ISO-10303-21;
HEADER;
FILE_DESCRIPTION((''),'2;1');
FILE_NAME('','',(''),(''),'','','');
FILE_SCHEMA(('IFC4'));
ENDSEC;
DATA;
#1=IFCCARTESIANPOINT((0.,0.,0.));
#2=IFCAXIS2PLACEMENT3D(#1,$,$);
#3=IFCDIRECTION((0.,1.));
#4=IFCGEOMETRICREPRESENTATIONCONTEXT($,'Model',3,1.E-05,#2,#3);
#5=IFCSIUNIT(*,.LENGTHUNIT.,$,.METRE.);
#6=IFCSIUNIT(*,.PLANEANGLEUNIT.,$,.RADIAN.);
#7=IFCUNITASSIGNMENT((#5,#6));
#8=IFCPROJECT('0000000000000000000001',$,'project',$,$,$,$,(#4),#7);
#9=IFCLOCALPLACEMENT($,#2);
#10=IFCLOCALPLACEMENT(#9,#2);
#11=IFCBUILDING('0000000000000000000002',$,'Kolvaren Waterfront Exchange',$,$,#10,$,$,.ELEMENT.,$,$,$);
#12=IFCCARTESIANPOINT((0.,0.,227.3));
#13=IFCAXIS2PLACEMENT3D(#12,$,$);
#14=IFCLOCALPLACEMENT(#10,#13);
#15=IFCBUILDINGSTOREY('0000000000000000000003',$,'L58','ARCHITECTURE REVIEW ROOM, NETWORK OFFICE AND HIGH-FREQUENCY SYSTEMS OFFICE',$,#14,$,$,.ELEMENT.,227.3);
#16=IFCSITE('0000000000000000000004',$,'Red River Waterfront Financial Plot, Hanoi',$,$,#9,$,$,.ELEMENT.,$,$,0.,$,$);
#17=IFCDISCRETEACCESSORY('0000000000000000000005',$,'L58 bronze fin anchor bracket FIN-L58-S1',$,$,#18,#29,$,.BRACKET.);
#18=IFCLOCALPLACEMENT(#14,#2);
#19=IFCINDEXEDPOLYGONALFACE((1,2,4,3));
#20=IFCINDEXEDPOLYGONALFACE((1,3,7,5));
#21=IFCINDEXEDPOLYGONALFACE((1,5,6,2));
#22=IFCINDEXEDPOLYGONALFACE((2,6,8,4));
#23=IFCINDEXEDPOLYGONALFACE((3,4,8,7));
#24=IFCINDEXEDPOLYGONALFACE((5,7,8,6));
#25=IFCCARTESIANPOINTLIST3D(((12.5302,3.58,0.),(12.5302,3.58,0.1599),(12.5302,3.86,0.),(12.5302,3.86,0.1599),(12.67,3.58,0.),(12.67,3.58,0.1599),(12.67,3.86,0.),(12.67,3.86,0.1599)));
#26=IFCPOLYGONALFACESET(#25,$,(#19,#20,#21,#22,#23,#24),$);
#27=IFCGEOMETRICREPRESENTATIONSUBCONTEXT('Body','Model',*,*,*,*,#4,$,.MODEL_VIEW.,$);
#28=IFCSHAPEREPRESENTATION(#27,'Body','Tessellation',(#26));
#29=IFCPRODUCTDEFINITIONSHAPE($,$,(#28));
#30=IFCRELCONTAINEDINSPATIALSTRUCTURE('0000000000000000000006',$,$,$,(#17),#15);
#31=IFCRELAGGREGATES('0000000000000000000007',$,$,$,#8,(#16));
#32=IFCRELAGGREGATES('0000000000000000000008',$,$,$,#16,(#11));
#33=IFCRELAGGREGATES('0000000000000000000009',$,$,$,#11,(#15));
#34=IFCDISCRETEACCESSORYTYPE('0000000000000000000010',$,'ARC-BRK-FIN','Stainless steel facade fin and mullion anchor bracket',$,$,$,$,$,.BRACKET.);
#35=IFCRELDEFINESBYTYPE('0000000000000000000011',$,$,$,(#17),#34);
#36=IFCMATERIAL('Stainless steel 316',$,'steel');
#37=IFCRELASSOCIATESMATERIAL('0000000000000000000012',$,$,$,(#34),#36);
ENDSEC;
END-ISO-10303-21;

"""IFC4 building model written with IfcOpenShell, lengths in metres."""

from ifc_helpers import new_model, si_unit, direction, frame, origin, origin_with_axes, origin_2d, place, context, subcontext, project, spatial, rectangle, extrude, source, transform, mapped, material, type_object, element, save


model = new_model("IFC4")

# Units and contexts
model_context = context("Model", 3, precision=1e-05, world=origin(), true_north=direction((0.0, 1.0)))
body_context = subcontext(model_context, "Body", "Model", "MODEL_VIEW")
ifc_project = project(units=[si_unit("LENGTHUNIT", "METRE"), si_unit("PLANEANGLEUNIT", "RADIAN")], contexts=[model_context])

# Site, building, storey
site_placement = place(None, origin())
site = spatial("IfcSite", under=ifc_project, at=site_placement, Name="Red River Waterfront Financial Plot, Hanoi", CompositionType="ELEMENT", RefElevation=0.0)
building_placement = place(site_placement, origin())
building = spatial("IfcBuilding", under=site, at=building_placement, Name="Kolvaren Waterfront Exchange", CompositionType="ELEMENT")
storey_placement = place(building_placement, frame((0.0, 0.0, 227.3)))
storey = spatial("IfcBuildingStorey", under=building, at=storey_placement, Name="L58", Description="ARCHITECTURE REVIEW ROOM, NETWORK OFFICE AND HIGH-FREQUENCY SYSTEMS OFFICE", CompositionType="ELEMENT", Elevation=227.3)

# Discrete accessory
ifc_material_1 = material(Name="Stainless steel 316", Category="steel")
discrete_accessory_type = type_object("IfcDiscreteAccessoryType", Name="ARC-BRK-FIN", Description="Stainless steel facade fin and mullion anchor bracket", PredefinedType="BRACKET", material=ifc_material_1)
shared_shape_1 = source(origin_with_axes(), body_context, "Body", "SweptSolid", [
    extrude(rectangle(XDim=0.28, YDim=0.1399, at=origin_2d()), origin(), (0.0, 0.0, 1.0), 0.1599),
])
discrete_accessory_placement = place(storey_placement, frame((12.6001, 3.72, 0.0), z_axis=(0.0, 0.0, 1.0), x_axis=(0.0, -1.0, 0.0)))
element("IfcDiscreteAccessory", 1, at=discrete_accessory_placement, inside=storey, type_object=discrete_accessory_type, Name="L58 bronze fin anchor bracket FIN-L58-S1", PredefinedType="BRACKET", context=body_context, shape_type="MappedRepresentation", body=[
    mapped(shared_shape_1, transform((0.0, 0.0, 0.0), x_axis=(1.0, 0.0, 0.0), y_axis=(0.0, 1.0, 0.0), z_axis=(0.0, 0.0, 1.0), scale=1.0)),
])

save(model, "model.ifc")
